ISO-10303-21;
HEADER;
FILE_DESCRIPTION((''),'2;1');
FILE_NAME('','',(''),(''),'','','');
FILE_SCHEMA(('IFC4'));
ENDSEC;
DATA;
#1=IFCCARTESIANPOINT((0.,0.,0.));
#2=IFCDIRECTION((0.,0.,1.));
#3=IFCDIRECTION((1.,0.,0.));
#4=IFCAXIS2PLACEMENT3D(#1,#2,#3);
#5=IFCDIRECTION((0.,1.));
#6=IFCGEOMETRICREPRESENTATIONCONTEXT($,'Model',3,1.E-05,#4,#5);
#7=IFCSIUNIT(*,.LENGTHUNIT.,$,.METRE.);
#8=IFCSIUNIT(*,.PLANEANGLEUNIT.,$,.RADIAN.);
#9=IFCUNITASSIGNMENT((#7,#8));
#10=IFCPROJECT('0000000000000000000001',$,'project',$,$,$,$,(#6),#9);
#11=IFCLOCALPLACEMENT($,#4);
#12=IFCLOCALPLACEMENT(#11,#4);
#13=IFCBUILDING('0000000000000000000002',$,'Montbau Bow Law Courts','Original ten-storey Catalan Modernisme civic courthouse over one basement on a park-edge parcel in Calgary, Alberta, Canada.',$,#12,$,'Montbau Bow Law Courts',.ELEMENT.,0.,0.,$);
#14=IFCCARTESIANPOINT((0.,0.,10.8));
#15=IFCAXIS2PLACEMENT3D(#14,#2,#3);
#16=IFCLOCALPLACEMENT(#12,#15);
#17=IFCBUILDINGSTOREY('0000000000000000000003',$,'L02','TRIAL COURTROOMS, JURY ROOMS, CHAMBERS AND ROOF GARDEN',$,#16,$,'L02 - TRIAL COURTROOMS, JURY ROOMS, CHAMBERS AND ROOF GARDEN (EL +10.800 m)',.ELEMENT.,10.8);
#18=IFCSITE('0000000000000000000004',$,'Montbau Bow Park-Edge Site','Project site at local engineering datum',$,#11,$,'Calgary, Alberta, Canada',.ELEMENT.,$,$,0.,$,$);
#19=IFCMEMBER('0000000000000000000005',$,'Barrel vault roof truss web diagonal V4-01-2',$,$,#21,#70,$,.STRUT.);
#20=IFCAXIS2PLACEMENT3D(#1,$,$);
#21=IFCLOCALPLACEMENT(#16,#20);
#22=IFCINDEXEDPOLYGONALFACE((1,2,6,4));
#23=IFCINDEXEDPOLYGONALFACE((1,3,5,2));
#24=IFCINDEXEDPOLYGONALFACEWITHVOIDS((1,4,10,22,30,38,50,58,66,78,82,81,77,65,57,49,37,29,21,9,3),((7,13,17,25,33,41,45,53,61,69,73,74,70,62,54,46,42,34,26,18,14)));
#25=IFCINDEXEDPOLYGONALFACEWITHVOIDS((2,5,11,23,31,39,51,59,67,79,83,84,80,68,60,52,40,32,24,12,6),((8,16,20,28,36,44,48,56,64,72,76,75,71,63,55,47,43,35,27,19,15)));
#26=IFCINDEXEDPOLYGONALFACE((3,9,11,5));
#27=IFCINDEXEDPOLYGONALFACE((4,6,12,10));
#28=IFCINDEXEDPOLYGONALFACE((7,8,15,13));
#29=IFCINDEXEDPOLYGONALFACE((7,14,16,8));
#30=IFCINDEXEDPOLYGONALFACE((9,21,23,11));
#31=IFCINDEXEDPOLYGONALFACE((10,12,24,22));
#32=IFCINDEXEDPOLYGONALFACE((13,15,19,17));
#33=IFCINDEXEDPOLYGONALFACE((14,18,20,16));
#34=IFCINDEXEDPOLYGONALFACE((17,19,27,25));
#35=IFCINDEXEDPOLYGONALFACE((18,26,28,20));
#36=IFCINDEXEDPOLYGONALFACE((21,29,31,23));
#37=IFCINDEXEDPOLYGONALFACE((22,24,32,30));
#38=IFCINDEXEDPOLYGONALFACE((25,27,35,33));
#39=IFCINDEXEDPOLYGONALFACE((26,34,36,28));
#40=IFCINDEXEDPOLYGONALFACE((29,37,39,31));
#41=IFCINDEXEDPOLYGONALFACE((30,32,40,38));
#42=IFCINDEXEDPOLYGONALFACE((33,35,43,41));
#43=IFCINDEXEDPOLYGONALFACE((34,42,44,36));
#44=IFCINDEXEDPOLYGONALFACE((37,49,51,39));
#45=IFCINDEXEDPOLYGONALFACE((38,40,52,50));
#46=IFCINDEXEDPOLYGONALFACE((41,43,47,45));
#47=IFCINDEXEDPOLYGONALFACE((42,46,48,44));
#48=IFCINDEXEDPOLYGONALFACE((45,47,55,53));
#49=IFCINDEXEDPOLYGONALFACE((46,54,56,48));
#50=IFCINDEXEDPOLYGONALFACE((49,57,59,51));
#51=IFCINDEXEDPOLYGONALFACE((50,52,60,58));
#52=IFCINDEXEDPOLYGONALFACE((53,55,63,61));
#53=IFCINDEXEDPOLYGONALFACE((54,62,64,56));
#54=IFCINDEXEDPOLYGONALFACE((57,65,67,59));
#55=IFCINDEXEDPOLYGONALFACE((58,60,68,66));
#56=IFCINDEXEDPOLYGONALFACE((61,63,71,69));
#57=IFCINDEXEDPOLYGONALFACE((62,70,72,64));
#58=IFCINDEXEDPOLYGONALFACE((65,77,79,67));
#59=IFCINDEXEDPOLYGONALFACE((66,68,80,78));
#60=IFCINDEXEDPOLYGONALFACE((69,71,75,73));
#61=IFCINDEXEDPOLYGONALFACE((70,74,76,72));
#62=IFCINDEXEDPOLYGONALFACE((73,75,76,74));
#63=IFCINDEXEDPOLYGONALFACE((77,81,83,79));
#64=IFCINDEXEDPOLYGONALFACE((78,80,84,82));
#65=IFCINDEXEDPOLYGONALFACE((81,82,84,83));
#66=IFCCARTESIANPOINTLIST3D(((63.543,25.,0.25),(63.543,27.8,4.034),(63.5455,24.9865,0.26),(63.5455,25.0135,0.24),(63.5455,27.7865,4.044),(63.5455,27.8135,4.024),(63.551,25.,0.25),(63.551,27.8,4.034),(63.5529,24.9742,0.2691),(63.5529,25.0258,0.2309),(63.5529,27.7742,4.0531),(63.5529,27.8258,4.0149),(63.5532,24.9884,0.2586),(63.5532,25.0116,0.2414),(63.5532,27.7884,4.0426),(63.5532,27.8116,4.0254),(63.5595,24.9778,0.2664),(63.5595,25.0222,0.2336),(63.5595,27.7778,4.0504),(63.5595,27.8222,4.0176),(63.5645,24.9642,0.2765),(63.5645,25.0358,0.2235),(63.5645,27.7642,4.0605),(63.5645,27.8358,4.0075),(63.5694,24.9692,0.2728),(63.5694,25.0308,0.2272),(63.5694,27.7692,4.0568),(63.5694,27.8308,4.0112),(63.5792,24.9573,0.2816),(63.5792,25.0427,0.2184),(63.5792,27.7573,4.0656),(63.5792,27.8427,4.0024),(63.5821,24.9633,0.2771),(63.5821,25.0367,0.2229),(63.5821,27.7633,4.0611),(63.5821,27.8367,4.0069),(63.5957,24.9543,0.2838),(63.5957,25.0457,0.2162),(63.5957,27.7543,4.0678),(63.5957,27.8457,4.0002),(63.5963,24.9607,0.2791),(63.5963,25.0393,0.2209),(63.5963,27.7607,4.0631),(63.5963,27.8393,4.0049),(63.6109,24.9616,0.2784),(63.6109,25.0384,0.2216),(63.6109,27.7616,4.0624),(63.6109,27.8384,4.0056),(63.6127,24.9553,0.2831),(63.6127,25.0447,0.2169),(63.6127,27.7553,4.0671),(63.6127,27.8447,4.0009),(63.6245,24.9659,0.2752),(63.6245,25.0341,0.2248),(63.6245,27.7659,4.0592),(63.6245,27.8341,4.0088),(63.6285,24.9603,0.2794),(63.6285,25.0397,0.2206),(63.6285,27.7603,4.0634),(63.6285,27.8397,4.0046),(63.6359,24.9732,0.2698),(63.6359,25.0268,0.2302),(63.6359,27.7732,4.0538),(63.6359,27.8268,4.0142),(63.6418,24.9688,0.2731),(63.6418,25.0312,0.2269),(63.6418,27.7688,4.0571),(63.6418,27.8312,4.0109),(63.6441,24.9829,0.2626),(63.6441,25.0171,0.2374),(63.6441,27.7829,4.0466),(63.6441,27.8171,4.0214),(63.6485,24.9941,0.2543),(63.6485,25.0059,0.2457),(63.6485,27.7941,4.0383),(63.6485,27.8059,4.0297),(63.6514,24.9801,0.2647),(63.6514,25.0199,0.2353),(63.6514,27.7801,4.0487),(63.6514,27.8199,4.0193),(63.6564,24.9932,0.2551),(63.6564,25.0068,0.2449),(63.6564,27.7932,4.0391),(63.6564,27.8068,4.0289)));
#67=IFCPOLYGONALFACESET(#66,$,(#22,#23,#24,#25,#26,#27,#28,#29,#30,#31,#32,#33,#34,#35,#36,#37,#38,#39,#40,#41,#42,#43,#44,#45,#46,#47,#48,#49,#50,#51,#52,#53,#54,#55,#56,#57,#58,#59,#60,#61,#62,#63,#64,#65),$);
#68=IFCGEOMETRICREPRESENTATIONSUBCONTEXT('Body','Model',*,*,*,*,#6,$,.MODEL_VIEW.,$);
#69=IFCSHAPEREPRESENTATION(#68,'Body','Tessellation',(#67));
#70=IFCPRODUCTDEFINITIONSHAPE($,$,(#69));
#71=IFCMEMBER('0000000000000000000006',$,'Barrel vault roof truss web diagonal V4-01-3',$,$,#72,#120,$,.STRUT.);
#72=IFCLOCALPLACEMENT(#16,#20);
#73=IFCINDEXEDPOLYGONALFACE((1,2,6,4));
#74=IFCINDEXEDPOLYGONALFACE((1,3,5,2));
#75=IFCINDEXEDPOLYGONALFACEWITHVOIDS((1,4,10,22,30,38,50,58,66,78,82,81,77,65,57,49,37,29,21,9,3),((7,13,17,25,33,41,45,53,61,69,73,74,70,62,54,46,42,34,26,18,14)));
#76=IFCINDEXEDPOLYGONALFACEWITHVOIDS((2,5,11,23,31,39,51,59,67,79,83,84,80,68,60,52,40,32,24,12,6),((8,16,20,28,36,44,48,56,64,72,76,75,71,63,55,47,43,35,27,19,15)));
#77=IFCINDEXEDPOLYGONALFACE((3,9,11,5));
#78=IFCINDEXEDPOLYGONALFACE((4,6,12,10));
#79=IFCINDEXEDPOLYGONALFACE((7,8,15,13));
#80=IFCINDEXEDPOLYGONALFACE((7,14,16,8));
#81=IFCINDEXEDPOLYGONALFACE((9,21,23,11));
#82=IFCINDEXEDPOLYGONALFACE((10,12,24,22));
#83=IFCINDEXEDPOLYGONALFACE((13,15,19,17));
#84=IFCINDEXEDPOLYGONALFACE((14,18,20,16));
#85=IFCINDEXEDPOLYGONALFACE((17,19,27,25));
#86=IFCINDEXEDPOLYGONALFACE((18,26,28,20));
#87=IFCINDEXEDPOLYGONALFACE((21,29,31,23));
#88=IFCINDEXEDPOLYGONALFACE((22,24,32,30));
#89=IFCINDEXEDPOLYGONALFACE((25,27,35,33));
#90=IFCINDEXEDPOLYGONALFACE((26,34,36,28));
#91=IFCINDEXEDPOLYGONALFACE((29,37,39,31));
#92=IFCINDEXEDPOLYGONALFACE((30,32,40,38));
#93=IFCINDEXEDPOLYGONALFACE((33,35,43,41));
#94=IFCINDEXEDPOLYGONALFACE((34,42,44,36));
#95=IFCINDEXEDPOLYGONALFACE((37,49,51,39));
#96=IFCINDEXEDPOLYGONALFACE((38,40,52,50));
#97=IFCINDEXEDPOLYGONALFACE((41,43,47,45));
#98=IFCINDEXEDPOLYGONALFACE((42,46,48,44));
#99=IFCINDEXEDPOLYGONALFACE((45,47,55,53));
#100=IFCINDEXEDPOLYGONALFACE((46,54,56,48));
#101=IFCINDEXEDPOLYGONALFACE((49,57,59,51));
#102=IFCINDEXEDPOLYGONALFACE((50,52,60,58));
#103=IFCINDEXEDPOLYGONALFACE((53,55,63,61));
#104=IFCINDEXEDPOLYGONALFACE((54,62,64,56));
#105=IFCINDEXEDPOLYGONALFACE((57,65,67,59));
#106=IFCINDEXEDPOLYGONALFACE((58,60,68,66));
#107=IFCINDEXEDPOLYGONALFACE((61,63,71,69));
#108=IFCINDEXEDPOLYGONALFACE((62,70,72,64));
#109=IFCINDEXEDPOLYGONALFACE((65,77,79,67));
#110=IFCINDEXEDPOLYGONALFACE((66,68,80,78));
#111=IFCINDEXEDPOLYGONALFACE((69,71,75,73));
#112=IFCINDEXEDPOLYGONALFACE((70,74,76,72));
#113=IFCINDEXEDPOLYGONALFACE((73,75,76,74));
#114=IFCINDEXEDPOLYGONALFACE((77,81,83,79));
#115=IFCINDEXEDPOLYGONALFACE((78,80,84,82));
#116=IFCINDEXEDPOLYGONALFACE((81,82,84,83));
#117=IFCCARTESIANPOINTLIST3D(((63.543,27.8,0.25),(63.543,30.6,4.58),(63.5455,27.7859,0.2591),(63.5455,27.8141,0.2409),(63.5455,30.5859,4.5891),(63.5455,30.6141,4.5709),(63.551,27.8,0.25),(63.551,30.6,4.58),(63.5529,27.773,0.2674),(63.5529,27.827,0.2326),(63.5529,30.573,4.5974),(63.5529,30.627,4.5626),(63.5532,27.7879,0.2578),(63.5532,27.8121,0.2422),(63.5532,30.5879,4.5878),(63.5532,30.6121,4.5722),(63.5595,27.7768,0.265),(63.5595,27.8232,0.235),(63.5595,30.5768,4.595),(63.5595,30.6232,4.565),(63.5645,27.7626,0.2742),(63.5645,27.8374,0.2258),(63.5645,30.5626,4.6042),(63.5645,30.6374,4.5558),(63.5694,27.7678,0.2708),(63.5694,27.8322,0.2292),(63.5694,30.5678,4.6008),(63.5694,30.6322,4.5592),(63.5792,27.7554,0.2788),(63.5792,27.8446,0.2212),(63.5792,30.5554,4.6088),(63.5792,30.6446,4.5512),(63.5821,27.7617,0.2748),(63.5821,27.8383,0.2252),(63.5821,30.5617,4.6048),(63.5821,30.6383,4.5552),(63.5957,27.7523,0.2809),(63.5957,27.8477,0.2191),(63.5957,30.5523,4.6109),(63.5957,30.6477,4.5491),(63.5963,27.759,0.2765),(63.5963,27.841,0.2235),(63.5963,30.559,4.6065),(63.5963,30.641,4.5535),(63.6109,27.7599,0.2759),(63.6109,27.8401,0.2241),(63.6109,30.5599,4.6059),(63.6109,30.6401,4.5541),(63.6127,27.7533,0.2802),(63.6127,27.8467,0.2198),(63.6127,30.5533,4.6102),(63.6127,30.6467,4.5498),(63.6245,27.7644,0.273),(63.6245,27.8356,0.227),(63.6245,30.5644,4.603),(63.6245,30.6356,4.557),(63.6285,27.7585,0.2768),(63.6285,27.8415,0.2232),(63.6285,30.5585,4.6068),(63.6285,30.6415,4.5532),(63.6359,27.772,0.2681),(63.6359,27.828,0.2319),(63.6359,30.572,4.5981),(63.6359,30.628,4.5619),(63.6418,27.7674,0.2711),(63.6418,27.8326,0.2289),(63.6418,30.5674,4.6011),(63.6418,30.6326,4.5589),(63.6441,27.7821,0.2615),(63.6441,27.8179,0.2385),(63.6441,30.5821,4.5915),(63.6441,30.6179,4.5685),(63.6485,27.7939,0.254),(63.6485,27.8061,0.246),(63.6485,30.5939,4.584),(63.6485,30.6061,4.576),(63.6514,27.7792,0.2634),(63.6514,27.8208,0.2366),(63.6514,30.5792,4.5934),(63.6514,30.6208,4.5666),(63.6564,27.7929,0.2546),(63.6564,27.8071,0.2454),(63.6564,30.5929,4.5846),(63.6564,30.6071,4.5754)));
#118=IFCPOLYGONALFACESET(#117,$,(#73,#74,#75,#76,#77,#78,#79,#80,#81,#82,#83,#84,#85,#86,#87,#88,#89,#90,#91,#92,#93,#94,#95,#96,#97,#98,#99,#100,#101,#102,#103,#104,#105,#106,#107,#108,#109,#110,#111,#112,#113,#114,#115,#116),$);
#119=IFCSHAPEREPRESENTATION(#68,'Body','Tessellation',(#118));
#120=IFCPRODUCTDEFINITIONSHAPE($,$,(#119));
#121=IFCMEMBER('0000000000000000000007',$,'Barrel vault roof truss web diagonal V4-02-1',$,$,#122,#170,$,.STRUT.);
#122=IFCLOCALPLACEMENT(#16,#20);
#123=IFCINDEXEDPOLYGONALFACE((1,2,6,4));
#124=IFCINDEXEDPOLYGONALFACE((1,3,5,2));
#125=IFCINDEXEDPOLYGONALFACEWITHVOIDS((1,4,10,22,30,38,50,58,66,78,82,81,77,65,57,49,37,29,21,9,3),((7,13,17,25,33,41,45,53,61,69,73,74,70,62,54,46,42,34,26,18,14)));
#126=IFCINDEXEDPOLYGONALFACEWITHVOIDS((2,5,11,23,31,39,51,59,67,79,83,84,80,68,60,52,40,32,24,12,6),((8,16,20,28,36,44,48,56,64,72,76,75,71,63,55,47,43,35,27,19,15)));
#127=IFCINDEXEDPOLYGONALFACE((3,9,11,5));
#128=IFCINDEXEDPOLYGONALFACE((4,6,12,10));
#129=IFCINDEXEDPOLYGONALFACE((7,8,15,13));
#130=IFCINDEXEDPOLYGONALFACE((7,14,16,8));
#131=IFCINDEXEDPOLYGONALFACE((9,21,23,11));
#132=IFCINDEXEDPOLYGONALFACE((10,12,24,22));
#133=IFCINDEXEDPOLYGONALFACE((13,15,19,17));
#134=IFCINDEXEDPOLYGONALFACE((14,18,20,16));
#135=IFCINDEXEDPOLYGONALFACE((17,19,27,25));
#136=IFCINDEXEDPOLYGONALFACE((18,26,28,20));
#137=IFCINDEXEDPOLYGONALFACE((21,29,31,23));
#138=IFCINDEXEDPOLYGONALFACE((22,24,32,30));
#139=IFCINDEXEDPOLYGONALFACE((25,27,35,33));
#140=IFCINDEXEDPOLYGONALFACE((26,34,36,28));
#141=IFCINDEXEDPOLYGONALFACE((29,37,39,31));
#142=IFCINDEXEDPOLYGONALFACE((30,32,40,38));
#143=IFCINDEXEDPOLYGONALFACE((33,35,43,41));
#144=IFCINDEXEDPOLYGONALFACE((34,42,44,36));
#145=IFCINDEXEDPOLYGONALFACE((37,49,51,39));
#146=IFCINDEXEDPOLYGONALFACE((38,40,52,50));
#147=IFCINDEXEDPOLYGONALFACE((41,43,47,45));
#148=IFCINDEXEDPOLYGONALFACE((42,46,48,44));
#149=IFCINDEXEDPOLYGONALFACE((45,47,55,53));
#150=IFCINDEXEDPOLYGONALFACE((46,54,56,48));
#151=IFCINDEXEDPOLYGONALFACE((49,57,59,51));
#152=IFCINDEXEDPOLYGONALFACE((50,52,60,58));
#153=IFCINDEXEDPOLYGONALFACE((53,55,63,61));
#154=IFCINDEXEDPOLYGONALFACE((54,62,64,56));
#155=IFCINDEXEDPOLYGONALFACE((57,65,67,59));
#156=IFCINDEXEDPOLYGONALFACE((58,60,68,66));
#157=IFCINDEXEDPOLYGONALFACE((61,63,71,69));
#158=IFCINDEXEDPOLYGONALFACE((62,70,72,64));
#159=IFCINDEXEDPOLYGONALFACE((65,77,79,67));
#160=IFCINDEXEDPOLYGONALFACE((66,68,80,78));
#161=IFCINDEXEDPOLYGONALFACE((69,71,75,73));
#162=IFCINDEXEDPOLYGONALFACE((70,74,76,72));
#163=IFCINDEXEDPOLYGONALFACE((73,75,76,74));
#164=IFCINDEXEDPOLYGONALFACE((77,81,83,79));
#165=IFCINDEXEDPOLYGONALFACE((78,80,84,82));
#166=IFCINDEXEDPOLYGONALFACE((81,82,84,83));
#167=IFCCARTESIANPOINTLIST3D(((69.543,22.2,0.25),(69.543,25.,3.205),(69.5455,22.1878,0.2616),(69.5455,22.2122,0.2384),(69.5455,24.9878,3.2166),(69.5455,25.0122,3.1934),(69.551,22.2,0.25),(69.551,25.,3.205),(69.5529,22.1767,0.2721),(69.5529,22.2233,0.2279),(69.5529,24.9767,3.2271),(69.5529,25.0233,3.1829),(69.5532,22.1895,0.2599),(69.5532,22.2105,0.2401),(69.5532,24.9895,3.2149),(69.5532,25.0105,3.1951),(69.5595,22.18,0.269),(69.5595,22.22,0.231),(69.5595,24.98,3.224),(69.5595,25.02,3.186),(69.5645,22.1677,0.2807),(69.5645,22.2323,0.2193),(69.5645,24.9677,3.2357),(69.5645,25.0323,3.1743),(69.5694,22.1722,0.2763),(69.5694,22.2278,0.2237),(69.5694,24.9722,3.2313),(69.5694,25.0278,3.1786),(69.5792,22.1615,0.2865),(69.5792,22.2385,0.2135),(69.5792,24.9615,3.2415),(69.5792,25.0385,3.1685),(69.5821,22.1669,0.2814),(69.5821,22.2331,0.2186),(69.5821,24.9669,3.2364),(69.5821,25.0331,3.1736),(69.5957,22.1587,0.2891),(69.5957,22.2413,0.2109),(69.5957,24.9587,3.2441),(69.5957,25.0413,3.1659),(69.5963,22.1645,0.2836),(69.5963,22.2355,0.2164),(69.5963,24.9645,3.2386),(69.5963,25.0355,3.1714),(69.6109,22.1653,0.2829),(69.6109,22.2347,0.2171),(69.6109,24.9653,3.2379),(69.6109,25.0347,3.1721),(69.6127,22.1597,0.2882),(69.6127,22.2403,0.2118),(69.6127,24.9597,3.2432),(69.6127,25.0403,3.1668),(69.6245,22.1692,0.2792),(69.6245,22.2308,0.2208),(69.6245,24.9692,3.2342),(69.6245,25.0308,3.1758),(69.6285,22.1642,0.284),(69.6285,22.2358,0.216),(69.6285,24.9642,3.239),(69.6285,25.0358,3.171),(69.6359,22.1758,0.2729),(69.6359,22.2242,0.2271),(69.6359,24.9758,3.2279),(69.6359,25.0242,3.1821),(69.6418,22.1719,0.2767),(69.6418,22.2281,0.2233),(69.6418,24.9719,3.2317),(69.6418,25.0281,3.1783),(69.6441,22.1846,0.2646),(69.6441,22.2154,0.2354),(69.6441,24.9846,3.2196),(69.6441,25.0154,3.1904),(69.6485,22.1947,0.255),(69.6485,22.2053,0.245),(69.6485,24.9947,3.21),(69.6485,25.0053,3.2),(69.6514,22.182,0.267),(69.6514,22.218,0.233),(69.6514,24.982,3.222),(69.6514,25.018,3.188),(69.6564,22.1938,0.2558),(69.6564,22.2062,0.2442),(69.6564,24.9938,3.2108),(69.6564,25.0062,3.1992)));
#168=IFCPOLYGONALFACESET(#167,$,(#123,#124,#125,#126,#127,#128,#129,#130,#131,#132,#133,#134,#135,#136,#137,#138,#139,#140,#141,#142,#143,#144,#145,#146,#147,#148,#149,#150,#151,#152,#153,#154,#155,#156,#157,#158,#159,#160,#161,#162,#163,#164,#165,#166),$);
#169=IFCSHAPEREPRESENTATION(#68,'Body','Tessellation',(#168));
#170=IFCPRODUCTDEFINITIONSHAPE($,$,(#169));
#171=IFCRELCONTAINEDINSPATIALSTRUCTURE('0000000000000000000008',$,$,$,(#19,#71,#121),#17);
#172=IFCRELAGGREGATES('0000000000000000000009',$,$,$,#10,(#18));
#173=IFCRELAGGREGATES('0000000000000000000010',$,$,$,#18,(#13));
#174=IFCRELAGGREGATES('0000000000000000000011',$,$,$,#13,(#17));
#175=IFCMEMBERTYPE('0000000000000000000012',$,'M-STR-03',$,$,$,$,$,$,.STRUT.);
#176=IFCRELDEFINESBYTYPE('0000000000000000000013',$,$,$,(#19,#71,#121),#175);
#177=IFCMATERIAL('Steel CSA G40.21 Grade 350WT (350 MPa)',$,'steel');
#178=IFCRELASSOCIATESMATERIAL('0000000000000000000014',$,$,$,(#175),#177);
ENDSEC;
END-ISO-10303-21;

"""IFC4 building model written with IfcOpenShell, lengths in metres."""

from ifc_helpers import new_model, si_unit, direction, frame, origin_with_axes, origin_2d_with_axis, place, context, subcontext, project, spatial, hollow_circle, extrude, material, material_profile, profile_set, type_object, element, save


model = new_model("IFC4")

# Units and contexts
model_context = context("Model", 3, precision=1e-05, world=origin_with_axes(), true_north=direction((0.0, 1.0)))
body_context = subcontext(model_context, "Body", "Model", "MODEL_VIEW")
ifc_project = project(units=[si_unit("LENGTHUNIT", "METRE"), si_unit("PLANEANGLEUNIT", "RADIAN")], contexts=[model_context])

# Site, building, storey
site_placement = place(None, origin_with_axes())
site = spatial("IfcSite", under=ifc_project, at=site_placement, Name="Montbau Bow Park-Edge Site", Description="Project site at local engineering datum", LongName="Calgary, Alberta, Canada", CompositionType="ELEMENT", RefElevation=0.0)
building_placement = place(site_placement, origin_with_axes())
building = spatial("IfcBuilding", under=site, at=building_placement, Name="Montbau Bow Law Courts", Description="Original ten-storey Catalan Modernisme civic courthouse over one basement on a park-edge parcel in Calgary, Alberta, Canada.", LongName="Montbau Bow Law Courts", CompositionType="ELEMENT", ElevationOfRefHeight=0.0, ElevationOfTerrain=0.0)
storey_placement = place(building_placement, frame((0.0, 0.0, 10.8), z_axis=(0.0, 0.0, 1.0), x_axis=(1.0, 0.0, 0.0)))
storey = spatial("IfcBuildingStorey", under=building, at=storey_placement, Name="L02", Description="TRIAL COURTROOMS, JURY ROOMS, CHAMBERS AND ROOF GARDEN", LongName="L02 - TRIAL COURTROOMS, JURY ROOMS, CHAMBERS AND ROOF GARDEN (EL +10.800 m)", CompositionType="ELEMENT", Elevation=10.8)

# Shared definitions
ifc_material_1 = material(Name="Steel CSA G40.21 Grade 350WT (350 MPa)", Category="steel")

# Members
ifc_material_profile_1 = material_profile(ifc_material_1, hollow_circle(Radius=0.057, WallThickness=0.008, at=origin_2d_with_axis()), Name="HSS114X8.0", Category="Main", Priority=0)
ifc_profile_set_1 = profile_set([ifc_material_profile_1], Name="Steel CSA G40.21 Grade 350WT (350 MPa)")
member_type_1 = type_object("IfcMemberType", Name="M-STR-03", PredefinedType="STRUT", material=ifc_profile_set_1)
member_1_placement = place(None, frame((63.6, 25.0, 11.05), z_axis=(0.0, 0.594821, 0.803858), x_axis=(-1.0, 0.0, 0.0)))
element("IfcMember", 1, at=member_1_placement, inside=storey, type_object=member_type_1, Name="Barrel vault roof truss web diagonal V4-01-2", PredefinedType="STRUT", context=body_context, shape_type="SweptSolid", body=[
    extrude(hollow_circle(Radius=0.057, WallThickness=0.008, at=origin_2d_with_axis()), origin_with_axes(), (0.0, 0.0, 1.0), 4.7073),
])
member_2_placement = place(None, frame((63.6, 27.8, 11.05), z_axis=(0.0, 0.54301, 0.839726), x_axis=(-1.0, 0.0, 0.0)))
element("IfcMember", 2, at=member_2_placement, inside=storey, type_object=member_type_1, Name="Barrel vault roof truss web diagonal V4-01-3", PredefinedType="STRUT", context=body_context, shape_type="SweptSolid", body=[
    extrude(hollow_circle(Radius=0.057, WallThickness=0.008, at=origin_2d_with_axis()), origin_with_axes(), (0.0, 0.0, 1.0), 5.1564),
])
member_3_placement = place(None, frame((69.6, 22.2, 11.05), z_axis=(0.0, 0.687813, 0.725888), x_axis=(-1.0, 0.0, 0.0)))
element("IfcMember", 3, at=member_3_placement, inside=storey, type_object=member_type_1, Name="Barrel vault roof truss web diagonal V4-02-1", PredefinedType="STRUT", context=body_context, shape_type="SweptSolid", body=[
    extrude(hollow_circle(Radius=0.057, WallThickness=0.008, at=origin_2d_with_axis()), origin_with_axes(), (0.0, 0.0, 1.0), 4.0709),
])

save(model, "model.ifc")
